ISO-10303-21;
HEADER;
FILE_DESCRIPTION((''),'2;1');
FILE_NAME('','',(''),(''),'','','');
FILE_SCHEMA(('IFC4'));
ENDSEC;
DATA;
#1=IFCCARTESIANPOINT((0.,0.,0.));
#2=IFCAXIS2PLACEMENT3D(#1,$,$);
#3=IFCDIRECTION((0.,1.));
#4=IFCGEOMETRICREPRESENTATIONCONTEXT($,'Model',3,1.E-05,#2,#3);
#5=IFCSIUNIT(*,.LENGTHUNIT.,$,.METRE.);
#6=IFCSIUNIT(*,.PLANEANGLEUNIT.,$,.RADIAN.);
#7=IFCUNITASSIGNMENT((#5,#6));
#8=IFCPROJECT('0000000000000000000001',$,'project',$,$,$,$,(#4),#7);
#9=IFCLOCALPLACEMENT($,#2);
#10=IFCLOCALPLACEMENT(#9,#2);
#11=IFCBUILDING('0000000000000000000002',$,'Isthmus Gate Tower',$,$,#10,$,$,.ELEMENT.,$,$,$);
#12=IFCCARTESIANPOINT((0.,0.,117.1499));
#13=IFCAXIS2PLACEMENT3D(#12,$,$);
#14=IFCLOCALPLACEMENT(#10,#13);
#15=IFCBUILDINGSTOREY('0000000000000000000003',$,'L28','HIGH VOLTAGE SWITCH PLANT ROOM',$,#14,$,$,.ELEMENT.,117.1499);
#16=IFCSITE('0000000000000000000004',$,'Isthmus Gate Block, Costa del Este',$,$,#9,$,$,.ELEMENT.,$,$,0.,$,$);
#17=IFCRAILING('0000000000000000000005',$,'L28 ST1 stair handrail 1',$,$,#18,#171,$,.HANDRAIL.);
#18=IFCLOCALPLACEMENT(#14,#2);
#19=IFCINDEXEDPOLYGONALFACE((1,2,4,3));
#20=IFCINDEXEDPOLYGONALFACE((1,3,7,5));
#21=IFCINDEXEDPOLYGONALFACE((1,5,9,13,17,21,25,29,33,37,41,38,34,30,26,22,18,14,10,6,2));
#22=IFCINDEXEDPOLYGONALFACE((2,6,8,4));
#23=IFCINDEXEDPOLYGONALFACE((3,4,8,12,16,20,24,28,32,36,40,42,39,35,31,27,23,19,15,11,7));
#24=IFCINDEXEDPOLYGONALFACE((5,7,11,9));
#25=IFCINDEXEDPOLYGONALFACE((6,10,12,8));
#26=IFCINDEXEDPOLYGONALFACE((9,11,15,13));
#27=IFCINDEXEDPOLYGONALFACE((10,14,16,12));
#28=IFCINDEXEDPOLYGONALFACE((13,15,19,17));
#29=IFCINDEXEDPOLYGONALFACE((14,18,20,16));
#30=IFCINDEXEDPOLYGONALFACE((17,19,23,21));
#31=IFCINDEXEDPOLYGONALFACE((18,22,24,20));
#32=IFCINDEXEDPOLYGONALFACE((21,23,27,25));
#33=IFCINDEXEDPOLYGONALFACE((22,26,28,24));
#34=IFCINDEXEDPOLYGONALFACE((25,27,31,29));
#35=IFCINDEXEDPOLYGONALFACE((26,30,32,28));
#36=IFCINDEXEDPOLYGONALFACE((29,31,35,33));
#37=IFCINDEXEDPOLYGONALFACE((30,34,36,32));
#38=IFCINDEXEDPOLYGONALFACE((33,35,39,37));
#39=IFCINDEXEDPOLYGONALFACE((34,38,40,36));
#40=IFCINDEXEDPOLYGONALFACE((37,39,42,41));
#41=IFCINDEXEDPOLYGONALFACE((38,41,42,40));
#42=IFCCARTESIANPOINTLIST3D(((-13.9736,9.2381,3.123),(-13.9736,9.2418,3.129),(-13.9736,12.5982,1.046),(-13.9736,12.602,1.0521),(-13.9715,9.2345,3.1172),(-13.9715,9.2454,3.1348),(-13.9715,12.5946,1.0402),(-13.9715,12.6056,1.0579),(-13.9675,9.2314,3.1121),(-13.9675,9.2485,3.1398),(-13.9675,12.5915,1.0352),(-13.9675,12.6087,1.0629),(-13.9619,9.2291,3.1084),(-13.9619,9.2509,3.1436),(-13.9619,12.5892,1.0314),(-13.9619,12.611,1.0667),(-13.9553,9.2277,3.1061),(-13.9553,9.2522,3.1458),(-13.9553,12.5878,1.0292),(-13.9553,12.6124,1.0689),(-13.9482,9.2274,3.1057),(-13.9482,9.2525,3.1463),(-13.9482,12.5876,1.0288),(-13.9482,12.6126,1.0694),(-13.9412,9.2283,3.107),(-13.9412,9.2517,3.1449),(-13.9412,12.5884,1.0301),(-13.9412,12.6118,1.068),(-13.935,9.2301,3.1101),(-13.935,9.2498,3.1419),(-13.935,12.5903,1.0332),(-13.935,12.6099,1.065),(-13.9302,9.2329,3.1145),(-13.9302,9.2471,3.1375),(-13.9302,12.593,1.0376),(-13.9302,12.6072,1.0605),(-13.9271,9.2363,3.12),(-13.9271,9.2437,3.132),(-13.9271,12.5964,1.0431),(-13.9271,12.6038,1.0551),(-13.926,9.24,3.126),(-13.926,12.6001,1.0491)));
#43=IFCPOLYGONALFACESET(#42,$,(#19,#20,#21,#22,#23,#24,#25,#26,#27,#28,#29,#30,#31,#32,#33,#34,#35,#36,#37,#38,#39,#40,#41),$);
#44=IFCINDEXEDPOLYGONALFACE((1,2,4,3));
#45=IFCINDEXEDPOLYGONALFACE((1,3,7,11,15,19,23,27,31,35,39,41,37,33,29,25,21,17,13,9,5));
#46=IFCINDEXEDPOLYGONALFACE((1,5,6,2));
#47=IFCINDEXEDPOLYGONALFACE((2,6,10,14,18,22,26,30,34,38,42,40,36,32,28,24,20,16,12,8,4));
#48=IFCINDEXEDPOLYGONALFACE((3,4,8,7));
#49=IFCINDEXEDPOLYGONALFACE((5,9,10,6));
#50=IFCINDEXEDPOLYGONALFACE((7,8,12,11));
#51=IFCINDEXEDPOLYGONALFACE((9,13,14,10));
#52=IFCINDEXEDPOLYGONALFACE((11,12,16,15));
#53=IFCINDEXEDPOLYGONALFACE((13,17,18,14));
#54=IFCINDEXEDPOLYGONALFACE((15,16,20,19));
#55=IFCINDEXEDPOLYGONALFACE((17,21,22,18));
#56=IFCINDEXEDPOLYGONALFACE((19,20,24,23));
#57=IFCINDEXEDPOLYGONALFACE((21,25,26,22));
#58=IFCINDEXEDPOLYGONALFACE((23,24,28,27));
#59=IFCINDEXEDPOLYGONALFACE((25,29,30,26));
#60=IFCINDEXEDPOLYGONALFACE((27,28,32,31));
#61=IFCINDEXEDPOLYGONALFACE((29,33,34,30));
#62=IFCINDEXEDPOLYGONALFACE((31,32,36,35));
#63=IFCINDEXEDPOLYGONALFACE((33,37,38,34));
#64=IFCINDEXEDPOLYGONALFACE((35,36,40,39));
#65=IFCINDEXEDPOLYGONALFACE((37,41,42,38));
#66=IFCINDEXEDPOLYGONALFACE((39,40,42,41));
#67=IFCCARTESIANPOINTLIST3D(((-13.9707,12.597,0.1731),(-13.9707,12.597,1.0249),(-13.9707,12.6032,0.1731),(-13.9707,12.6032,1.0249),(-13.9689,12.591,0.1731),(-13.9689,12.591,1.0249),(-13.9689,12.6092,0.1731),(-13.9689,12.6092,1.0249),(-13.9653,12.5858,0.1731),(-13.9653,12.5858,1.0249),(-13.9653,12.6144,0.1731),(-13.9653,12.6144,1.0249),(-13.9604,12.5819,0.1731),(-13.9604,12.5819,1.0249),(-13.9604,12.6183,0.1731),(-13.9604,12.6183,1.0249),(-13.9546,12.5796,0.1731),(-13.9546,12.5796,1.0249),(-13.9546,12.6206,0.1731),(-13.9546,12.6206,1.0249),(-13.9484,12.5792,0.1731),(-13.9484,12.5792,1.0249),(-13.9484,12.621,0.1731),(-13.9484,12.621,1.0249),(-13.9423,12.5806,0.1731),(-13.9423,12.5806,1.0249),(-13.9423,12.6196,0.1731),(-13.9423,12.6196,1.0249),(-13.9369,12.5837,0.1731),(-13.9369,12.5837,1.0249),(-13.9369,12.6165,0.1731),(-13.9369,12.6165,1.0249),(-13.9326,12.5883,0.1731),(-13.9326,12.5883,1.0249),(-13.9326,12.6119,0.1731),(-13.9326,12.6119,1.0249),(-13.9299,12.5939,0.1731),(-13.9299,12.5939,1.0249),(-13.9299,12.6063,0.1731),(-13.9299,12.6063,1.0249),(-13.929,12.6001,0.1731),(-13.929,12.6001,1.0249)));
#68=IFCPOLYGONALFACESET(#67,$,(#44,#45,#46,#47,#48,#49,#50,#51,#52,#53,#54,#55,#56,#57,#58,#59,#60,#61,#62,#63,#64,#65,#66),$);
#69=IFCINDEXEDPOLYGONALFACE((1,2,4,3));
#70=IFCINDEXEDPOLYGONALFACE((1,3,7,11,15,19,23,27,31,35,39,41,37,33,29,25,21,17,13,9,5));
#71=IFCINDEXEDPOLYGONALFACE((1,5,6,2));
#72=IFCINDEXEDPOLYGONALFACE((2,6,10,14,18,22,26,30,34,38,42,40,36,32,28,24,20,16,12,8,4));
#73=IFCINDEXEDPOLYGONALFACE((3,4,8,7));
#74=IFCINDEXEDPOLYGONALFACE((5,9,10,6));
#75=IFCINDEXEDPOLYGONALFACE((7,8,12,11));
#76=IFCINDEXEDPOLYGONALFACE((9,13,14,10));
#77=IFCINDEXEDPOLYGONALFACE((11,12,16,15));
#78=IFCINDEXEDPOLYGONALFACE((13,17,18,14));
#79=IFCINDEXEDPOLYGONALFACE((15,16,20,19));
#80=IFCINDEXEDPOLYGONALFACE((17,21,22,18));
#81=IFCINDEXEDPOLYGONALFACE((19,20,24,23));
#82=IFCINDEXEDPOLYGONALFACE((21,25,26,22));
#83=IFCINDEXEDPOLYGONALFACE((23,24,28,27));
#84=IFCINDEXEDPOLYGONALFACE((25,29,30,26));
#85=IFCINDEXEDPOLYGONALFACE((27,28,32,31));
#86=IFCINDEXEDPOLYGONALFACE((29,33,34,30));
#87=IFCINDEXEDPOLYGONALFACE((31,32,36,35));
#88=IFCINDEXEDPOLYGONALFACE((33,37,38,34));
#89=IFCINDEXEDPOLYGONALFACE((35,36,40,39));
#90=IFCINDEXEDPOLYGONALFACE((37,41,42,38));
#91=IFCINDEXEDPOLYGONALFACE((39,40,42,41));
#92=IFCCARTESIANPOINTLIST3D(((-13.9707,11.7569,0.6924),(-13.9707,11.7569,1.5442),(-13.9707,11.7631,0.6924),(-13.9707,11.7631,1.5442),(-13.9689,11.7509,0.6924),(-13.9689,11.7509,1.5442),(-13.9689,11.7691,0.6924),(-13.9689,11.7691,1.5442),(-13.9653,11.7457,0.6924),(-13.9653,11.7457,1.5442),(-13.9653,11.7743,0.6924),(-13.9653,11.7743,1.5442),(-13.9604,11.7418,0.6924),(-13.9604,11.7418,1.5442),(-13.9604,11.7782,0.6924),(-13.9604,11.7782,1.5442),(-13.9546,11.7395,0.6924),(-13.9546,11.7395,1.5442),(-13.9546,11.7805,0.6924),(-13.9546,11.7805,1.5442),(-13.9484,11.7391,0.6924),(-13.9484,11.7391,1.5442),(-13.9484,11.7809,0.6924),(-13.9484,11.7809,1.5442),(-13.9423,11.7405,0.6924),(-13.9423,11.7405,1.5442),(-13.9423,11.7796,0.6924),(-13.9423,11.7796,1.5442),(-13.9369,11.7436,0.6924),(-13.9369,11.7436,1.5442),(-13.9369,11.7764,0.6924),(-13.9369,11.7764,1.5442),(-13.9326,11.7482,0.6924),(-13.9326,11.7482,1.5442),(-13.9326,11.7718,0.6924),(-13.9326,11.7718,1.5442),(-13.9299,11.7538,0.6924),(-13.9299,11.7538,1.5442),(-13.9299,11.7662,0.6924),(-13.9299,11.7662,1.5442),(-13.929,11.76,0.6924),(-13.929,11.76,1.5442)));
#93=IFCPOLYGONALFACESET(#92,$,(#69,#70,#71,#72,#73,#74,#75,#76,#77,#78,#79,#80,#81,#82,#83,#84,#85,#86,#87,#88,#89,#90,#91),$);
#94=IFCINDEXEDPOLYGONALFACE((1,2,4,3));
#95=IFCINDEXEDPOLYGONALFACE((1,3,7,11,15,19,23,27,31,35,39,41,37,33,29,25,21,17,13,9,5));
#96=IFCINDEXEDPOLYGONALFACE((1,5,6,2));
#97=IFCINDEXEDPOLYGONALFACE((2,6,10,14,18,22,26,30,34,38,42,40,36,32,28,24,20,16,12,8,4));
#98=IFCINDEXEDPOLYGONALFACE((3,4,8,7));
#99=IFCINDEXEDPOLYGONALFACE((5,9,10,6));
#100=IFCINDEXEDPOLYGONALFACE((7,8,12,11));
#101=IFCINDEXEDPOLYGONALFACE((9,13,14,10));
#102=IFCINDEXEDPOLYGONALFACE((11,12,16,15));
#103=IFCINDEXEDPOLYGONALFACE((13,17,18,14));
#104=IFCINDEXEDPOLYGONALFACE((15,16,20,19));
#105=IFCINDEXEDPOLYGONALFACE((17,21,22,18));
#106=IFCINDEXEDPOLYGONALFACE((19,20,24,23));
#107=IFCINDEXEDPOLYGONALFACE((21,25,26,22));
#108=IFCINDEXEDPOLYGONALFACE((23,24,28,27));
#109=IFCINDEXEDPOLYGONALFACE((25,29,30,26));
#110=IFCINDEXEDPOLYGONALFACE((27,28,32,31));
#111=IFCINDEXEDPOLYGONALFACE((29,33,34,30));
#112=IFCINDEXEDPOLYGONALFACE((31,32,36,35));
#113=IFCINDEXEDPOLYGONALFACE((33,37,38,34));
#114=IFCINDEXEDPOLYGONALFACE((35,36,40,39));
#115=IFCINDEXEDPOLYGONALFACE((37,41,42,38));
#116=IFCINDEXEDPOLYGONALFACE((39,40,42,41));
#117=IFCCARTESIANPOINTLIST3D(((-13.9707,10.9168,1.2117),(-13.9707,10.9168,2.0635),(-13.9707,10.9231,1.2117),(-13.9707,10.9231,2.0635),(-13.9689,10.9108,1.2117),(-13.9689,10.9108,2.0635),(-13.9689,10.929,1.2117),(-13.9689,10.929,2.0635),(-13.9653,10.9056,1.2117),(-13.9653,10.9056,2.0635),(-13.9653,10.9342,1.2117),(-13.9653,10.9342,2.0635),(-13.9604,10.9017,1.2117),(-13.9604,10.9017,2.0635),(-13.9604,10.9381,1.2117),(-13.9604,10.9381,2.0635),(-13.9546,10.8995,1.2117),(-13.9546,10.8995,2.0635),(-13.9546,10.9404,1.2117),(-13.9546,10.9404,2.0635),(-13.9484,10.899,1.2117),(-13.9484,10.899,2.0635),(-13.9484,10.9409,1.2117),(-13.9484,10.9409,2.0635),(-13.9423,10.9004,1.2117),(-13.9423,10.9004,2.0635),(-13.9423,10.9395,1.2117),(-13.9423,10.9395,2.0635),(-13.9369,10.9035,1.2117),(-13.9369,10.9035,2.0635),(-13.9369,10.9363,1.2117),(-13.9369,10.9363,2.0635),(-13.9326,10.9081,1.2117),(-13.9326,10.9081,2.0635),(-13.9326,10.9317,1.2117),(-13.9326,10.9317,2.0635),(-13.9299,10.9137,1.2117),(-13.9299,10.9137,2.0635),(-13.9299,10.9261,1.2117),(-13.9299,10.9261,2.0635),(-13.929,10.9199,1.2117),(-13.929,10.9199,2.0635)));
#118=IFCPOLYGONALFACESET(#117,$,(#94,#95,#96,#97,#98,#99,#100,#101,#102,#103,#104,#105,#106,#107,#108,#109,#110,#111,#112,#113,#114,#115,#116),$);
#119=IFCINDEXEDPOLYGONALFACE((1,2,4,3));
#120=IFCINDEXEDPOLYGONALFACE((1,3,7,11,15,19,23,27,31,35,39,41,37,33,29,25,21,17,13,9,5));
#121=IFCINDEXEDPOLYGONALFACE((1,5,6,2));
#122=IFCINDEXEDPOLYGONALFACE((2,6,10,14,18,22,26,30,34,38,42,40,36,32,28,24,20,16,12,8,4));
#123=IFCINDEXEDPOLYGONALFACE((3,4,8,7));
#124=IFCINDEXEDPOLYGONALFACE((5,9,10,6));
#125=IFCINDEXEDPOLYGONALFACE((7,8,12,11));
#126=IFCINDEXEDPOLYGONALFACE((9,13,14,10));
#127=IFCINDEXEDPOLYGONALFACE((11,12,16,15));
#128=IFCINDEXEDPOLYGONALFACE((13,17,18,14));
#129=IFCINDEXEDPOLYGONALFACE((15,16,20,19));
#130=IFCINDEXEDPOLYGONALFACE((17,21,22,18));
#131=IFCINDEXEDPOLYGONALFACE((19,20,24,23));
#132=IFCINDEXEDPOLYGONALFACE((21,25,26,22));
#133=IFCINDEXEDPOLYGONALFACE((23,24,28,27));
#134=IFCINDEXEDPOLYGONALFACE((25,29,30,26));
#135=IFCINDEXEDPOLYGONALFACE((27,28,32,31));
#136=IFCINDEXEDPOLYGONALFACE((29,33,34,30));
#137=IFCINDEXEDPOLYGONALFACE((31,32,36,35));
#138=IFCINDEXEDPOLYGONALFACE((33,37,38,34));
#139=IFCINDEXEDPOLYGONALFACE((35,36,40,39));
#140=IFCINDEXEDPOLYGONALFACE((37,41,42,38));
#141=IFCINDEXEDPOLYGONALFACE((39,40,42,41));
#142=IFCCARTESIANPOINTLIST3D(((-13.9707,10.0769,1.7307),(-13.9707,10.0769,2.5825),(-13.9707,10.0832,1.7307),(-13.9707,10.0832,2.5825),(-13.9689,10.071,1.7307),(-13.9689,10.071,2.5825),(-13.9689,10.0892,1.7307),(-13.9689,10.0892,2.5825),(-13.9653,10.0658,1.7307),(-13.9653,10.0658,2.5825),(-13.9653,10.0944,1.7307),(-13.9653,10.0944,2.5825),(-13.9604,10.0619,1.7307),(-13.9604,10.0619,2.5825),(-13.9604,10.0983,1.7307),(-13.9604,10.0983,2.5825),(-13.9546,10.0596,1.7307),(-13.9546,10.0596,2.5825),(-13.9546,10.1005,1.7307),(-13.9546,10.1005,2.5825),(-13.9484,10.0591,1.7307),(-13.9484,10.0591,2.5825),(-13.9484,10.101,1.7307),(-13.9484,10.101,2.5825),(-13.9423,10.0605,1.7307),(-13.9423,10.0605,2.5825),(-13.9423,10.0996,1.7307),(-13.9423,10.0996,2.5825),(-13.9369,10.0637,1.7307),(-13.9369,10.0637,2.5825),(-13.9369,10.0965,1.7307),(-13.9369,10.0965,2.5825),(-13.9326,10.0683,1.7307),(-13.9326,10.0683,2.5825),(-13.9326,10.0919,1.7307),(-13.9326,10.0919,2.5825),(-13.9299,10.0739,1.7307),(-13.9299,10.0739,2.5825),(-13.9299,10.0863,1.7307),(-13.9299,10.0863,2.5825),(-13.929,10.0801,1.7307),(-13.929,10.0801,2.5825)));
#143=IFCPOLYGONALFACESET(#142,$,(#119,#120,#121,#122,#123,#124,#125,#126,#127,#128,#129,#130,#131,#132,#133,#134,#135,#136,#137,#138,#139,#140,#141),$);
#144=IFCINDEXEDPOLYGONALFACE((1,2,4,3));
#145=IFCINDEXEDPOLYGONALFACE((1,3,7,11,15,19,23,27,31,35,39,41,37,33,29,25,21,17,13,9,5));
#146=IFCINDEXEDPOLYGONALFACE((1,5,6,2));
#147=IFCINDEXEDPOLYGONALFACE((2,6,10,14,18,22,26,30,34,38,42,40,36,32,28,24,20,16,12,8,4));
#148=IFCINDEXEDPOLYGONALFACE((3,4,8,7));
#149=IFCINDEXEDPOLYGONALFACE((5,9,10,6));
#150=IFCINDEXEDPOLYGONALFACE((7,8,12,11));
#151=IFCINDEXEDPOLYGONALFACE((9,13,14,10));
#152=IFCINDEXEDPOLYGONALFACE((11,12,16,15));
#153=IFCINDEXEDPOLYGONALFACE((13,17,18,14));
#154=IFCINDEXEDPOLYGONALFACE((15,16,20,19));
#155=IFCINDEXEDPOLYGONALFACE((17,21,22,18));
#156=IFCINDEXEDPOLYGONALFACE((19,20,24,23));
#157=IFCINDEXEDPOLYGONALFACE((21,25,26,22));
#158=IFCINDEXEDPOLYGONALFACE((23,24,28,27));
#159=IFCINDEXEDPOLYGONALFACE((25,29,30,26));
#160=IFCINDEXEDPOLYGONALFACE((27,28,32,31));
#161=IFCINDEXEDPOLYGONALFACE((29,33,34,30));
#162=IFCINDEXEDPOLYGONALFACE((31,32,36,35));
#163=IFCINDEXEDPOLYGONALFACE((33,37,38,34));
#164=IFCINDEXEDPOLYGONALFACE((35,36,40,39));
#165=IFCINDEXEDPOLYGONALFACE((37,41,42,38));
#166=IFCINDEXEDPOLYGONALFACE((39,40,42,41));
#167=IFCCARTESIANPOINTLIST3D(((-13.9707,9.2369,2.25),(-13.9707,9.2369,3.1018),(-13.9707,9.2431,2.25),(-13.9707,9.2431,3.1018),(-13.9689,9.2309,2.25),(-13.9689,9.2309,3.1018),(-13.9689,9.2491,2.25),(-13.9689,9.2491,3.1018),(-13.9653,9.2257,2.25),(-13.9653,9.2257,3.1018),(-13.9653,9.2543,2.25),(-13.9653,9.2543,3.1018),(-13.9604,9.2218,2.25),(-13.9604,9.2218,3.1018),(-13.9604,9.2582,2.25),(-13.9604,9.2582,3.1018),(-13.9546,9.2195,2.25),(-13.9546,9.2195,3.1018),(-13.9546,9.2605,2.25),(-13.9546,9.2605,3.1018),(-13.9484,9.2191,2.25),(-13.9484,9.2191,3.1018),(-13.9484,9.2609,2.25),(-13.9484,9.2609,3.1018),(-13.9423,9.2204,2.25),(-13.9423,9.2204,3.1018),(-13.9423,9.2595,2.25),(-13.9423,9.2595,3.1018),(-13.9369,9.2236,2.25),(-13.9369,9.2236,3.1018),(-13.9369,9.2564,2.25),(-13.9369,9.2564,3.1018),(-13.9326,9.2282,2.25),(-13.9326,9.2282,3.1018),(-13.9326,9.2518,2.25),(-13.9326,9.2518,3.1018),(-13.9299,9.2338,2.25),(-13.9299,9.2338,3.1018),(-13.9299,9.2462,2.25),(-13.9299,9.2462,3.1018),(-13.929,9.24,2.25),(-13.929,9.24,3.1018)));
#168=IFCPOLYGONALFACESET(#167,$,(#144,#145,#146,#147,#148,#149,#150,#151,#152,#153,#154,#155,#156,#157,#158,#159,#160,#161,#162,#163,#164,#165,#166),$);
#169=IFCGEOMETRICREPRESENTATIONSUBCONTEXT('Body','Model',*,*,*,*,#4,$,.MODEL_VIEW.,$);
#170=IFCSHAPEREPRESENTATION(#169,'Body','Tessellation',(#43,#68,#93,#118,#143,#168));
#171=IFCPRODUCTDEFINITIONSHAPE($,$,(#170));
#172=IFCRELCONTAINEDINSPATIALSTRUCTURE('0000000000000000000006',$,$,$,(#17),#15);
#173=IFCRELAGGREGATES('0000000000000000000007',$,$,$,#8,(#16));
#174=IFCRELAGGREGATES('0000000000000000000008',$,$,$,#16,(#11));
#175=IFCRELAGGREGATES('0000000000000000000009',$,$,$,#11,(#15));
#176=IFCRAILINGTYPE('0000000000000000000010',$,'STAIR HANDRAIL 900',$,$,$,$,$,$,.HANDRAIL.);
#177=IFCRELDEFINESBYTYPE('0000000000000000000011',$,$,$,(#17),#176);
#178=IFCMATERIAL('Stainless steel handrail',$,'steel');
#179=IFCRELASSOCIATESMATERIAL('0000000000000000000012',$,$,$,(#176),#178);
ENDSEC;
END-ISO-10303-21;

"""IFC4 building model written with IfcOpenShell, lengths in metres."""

from ifc_helpers import new_model, si_unit, direction, frame, origin, origin_2d, place, context, subcontext, project, spatial, circle, extrude, material, type_object, element, save


model = new_model("IFC4")

# Units and contexts
model_context = context("Model", 3, precision=1e-05, world=origin(), true_north=direction((0.0, 1.0)))
body_context = subcontext(model_context, "Body", "Model", "MODEL_VIEW")
ifc_project = project(units=[si_unit("LENGTHUNIT", "METRE"), si_unit("PLANEANGLEUNIT", "RADIAN")], contexts=[model_context])

# Site, building, storey
site_placement = place(None, origin())
site = spatial("IfcSite", under=ifc_project, at=site_placement, Name="Isthmus Gate Block, Costa del Este", CompositionType="ELEMENT", RefElevation=0.0)
building_placement = place(site_placement, origin())
building = spatial("IfcBuilding", under=site, at=building_placement, Name="Isthmus Gate Tower", CompositionType="ELEMENT")
storey_placement = place(building_placement, frame((0.0, 0.0, 117.1499)))
storey = spatial("IfcBuildingStorey", under=building, at=storey_placement, Name="L28", Description="HIGH VOLTAGE SWITCH PLANT ROOM", CompositionType="ELEMENT", Elevation=117.1499)

# Railing
ifc_material_1 = material(Name="Stainless steel handrail", Category="steel")
railing_type = type_object("IfcRailingType", Name="STAIR HANDRAIL 900", PredefinedType="HANDRAIL", material=ifc_material_1)
for number, where, name in (
    (1, (-13.95, 12.6001, 0.1731), "L28 ST1 stair handrail 1"),
):
    element("IfcRailing", number, at=place(storey_placement, frame(where)), inside=storey, type_object=railing_type, Name=name, PredefinedType="HANDRAIL", context=body_context, shape_type="SweptSolid", body=[
        extrude(circle(Radius=0.0239, at=origin_2d()), frame((0.0, 0.0, 0.876), z_axis=(0.0, -0.850623, 0.525776), x_axis=(1.0, 0.0, 0.0)), (0.0, 0.0, 1.0), 3.9502),
        extrude(circle(Radius=0.021, at=origin_2d()), origin(), (0.0, 0.0, 1.0), 0.8518),
        extrude(circle(Radius=0.021, at=origin_2d()), frame((0.0, -0.8401, 0.5193)), (0.0, 0.0, 1.0), 0.8518),
        extrude(circle(Radius=0.021, at=origin_2d()), frame((0.0, -1.6802, 1.0386)), (0.0, 0.0, 1.0), 0.8518),
        extrude(circle(Radius=0.021, at=origin_2d()), frame((0.0, -2.52, 1.5576)), (0.0, 0.0, 1.0), 0.8518),
        extrude(circle(Radius=0.021, at=origin_2d()), frame((0.0, -3.3601, 2.0769)), (0.0, 0.0, 1.0), 0.8518),
    ])

save(model, "model.ifc")
